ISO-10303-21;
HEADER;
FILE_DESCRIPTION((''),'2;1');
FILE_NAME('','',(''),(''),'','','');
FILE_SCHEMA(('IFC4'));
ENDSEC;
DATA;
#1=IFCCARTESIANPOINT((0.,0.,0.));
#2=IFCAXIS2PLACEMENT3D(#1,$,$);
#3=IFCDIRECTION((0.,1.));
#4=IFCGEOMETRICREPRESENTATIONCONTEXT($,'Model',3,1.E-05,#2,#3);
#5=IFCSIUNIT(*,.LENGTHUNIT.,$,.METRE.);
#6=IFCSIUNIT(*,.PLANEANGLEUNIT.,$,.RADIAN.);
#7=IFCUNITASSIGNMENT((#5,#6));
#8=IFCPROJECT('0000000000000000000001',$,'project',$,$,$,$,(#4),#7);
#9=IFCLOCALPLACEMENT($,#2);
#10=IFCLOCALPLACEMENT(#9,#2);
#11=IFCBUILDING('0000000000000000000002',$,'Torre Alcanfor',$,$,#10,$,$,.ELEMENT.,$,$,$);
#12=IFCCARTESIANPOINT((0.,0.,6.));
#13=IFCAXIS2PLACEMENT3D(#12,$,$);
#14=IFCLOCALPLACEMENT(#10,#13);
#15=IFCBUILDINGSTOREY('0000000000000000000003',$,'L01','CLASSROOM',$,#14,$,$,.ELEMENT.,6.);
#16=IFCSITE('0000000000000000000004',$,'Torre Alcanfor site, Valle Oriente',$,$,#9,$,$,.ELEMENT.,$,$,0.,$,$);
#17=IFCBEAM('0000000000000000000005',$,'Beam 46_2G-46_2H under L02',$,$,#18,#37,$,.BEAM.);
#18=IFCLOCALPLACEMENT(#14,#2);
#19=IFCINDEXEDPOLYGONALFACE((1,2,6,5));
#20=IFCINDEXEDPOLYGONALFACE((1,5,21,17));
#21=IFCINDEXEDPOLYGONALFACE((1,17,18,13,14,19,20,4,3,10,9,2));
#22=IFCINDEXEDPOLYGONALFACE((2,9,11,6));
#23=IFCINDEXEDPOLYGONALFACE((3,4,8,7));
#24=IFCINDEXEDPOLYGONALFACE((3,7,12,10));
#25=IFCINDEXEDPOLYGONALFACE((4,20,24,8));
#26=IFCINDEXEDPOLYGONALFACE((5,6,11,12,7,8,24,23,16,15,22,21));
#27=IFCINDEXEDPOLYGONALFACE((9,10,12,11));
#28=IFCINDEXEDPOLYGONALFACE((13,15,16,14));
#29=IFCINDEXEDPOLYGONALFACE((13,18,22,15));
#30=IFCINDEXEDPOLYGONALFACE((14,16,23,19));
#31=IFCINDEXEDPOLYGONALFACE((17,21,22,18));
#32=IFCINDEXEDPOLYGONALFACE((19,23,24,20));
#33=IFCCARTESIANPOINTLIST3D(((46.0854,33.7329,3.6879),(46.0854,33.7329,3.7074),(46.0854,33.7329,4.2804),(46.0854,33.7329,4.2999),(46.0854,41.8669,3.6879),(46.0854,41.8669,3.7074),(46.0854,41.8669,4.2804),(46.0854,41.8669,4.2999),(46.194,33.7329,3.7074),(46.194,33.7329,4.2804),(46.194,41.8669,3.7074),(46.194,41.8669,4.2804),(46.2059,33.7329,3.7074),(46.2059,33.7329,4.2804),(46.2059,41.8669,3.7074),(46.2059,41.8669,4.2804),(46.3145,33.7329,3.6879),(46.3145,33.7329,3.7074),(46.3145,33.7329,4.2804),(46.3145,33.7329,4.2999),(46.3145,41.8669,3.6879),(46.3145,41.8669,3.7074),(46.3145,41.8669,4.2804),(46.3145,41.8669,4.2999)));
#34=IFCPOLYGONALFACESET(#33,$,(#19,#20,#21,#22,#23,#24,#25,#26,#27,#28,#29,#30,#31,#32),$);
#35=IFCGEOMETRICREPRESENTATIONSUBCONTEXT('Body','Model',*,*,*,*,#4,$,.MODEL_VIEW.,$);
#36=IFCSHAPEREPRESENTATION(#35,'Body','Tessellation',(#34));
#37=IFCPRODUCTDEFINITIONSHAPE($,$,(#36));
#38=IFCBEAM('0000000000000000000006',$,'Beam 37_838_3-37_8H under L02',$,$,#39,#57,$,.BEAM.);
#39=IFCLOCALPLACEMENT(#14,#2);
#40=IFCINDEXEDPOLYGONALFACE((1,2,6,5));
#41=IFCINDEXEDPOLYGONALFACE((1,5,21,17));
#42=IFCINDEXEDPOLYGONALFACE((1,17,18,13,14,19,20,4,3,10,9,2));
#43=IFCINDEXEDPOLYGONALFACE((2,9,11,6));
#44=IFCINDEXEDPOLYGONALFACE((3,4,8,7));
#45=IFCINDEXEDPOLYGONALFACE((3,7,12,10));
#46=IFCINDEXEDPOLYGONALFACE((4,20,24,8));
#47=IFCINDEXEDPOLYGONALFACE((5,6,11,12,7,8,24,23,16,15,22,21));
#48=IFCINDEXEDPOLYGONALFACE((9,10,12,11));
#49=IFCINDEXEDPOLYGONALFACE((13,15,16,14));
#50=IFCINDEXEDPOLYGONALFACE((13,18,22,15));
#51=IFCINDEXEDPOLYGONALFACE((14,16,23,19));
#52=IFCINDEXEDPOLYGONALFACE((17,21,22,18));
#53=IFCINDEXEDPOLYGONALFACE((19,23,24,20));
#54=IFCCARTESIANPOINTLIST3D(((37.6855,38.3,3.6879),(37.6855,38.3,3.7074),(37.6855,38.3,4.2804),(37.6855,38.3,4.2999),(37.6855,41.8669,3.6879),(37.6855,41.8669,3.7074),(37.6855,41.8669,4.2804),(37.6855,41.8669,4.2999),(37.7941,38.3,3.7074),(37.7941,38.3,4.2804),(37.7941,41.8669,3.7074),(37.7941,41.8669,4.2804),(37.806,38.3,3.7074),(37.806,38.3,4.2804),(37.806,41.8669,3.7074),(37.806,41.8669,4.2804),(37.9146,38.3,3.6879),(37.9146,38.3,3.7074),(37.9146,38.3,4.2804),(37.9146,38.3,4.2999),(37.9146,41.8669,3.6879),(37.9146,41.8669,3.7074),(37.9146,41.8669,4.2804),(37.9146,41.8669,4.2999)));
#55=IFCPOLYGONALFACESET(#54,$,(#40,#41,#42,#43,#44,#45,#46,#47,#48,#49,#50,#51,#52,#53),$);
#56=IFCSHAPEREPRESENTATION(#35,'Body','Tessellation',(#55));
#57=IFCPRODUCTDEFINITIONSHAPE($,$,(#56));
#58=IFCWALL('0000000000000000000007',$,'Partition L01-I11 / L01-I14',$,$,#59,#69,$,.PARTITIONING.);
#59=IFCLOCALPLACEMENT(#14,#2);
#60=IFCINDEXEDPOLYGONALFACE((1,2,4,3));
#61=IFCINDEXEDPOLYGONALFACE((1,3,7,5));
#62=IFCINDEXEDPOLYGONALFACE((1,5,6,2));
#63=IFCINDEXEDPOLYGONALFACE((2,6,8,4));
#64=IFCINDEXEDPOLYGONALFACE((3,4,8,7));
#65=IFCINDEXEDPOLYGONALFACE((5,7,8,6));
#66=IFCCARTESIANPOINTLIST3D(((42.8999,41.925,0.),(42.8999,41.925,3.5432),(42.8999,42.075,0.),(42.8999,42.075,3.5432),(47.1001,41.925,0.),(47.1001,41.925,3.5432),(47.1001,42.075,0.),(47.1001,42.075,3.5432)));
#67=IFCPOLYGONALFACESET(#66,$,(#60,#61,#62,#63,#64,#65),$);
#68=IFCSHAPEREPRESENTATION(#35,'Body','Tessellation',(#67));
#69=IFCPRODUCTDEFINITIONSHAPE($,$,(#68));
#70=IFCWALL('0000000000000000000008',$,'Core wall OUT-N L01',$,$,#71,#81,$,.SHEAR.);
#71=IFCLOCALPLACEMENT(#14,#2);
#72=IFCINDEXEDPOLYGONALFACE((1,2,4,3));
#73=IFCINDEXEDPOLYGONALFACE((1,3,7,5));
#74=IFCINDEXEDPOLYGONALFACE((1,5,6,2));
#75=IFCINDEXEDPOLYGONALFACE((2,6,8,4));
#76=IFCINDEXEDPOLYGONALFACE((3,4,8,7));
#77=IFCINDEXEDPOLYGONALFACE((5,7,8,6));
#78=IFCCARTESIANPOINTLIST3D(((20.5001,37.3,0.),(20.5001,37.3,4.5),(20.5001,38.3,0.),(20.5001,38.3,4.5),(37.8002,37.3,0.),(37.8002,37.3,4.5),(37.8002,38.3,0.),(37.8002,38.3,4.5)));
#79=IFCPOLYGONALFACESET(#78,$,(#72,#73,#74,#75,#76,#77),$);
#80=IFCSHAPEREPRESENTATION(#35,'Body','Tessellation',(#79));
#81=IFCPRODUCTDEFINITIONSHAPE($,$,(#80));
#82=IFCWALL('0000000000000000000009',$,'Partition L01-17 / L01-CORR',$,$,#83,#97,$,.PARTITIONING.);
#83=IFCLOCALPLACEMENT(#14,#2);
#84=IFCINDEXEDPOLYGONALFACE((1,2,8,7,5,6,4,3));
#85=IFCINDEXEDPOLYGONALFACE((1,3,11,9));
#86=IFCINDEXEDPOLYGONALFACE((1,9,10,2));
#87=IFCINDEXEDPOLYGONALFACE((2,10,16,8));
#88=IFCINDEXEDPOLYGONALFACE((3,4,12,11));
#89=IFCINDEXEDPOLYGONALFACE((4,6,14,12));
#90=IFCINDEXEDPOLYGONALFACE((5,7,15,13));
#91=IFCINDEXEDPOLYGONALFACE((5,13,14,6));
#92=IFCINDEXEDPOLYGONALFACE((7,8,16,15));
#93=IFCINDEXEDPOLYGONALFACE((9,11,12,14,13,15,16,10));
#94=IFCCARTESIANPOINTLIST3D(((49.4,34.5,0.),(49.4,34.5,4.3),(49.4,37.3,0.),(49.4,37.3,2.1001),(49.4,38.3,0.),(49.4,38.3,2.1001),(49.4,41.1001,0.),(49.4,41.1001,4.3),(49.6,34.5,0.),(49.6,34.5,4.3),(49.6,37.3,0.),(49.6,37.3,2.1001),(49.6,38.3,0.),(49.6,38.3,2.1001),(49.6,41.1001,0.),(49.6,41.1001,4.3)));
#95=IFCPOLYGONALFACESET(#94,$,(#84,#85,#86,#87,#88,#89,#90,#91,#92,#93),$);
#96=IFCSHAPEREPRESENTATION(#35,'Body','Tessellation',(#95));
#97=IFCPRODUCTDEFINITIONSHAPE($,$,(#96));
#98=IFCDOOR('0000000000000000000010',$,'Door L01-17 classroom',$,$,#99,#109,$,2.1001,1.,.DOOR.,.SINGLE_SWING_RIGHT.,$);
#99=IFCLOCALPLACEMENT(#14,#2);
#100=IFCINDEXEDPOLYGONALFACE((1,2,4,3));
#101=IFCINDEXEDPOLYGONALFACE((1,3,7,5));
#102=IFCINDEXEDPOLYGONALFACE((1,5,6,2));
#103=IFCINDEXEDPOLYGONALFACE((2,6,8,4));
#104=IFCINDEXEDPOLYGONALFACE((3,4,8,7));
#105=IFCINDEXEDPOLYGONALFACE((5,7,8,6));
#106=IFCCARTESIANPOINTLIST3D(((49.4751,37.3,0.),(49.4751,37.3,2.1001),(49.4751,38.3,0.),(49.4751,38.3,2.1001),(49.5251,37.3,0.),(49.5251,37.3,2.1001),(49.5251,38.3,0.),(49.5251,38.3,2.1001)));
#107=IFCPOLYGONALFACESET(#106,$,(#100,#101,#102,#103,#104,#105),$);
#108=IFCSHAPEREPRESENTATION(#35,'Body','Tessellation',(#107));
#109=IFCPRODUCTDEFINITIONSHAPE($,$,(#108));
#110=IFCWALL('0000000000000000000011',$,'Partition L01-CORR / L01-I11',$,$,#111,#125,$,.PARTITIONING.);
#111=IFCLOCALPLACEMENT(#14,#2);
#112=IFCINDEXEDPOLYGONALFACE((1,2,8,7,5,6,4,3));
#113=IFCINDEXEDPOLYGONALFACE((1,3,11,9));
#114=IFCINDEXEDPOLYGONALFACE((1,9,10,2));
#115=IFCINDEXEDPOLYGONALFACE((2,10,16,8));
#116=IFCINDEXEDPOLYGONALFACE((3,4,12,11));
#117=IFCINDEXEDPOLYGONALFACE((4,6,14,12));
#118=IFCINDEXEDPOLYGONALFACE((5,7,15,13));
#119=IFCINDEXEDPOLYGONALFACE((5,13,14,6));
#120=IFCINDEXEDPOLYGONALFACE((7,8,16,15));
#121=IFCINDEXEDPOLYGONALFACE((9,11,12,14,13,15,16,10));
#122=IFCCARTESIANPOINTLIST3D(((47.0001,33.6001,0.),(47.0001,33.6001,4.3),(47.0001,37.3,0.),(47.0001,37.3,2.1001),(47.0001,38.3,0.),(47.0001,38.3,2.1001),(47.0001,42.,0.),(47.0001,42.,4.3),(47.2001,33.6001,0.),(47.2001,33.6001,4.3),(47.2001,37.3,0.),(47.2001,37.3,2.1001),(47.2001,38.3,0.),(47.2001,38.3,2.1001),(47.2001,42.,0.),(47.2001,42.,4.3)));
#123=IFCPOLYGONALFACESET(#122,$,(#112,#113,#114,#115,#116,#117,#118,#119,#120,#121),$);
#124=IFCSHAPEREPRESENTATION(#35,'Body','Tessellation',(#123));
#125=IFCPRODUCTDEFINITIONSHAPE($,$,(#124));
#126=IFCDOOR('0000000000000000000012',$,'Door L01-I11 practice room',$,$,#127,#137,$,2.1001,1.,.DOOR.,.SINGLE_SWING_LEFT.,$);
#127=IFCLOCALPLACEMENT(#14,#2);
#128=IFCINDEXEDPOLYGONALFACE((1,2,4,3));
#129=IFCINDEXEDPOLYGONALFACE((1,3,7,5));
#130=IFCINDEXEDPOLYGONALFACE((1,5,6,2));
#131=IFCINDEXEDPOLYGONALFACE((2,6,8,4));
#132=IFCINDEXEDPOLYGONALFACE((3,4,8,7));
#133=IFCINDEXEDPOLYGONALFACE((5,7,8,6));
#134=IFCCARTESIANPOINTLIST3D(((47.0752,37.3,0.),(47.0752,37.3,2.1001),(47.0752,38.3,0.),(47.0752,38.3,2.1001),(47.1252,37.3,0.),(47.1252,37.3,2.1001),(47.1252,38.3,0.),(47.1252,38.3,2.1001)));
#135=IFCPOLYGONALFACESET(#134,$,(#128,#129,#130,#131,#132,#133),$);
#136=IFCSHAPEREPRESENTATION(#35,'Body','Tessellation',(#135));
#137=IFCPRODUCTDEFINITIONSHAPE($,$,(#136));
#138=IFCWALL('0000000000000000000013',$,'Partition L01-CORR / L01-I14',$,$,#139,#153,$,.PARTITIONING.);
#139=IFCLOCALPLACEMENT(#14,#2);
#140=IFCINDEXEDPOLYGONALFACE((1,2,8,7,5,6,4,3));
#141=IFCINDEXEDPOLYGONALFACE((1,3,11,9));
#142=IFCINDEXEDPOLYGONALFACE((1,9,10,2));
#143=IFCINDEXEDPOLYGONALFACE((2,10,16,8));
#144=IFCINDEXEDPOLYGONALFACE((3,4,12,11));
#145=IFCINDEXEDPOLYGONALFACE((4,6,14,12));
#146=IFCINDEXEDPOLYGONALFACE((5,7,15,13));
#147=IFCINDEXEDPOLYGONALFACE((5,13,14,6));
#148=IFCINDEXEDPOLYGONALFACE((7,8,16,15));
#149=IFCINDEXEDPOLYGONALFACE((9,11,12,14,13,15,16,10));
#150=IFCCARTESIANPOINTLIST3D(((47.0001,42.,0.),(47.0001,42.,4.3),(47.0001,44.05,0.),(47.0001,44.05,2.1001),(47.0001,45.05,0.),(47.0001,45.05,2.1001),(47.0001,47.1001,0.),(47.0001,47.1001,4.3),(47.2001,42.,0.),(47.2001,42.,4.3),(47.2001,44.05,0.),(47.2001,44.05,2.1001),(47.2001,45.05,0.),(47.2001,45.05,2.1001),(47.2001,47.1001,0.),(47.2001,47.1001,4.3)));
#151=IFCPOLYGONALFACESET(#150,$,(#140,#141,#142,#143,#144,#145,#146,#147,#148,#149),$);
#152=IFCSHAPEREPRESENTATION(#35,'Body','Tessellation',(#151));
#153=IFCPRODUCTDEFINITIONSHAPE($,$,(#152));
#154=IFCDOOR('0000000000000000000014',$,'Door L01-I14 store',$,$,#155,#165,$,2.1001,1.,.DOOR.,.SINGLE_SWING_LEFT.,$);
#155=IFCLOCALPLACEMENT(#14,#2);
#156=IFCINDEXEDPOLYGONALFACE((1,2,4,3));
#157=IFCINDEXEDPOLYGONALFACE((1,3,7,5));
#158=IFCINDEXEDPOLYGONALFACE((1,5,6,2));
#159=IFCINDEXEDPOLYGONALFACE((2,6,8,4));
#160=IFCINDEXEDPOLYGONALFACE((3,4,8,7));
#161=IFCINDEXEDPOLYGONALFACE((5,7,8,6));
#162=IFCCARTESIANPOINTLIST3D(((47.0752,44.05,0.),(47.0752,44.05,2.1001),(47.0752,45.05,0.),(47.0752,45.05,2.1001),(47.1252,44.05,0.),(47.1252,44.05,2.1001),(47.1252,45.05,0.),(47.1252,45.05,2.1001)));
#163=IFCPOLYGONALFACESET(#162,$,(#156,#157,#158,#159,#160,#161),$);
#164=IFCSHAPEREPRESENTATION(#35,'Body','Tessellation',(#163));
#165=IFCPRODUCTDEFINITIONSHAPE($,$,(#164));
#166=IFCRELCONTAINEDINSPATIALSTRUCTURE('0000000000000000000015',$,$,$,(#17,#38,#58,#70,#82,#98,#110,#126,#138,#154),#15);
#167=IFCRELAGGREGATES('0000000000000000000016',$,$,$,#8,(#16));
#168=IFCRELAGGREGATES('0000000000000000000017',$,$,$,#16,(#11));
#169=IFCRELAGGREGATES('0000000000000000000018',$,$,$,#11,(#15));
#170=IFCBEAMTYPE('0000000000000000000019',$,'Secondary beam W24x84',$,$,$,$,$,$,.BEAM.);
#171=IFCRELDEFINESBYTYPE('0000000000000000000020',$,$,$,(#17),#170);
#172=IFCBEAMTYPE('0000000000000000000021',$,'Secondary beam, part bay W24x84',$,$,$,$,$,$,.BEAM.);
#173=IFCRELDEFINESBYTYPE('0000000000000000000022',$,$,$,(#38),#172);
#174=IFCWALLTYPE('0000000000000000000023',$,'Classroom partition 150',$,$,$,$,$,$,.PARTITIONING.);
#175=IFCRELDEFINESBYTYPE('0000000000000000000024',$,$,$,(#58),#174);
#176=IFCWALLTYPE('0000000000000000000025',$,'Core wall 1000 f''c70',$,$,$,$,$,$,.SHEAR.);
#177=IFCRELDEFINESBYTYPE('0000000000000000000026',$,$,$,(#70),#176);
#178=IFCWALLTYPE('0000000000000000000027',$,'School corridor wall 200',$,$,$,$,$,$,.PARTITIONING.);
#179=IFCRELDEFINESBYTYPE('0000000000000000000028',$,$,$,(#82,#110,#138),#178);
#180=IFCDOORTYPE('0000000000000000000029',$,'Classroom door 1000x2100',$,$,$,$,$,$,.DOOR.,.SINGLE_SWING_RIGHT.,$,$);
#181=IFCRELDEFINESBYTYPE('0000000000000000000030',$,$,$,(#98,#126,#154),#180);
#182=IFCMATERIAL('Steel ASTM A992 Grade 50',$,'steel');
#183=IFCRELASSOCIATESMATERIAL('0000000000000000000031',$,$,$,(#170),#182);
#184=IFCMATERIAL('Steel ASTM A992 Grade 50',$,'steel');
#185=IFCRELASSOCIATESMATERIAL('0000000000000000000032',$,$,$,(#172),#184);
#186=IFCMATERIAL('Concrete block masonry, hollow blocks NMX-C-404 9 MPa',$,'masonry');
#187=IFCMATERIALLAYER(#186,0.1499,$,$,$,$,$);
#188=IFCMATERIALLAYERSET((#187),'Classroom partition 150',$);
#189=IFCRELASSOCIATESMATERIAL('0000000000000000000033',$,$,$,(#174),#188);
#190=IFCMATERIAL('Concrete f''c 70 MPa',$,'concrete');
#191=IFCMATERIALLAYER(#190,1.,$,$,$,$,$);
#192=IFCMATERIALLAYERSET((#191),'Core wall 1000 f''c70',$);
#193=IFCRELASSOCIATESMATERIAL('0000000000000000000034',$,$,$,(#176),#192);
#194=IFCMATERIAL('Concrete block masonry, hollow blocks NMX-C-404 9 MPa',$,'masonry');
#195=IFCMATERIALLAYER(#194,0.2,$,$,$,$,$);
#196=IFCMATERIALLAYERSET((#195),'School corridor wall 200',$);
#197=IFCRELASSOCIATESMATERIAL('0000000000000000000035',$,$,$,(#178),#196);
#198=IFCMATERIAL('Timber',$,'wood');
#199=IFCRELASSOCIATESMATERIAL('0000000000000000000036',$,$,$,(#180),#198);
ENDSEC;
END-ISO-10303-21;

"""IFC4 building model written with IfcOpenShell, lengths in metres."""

from ifc_helpers import new_model, si_unit, direction, frame, frame_2d, origin, origin_2d, place, context, subcontext, project, spatial, rectangle, i_section, extrude, material, layer, layer_set, material_profile, profile_set, type_object, element, fill, save


model = new_model("IFC4")

# Units and contexts
model_context = context("Model", 3, precision=1e-05, world=origin(), true_north=direction((0.0, 1.0)))
body_context = subcontext(model_context, "Body", "Model", "MODEL_VIEW")
ifc_project = project(units=[si_unit("LENGTHUNIT", "METRE"), si_unit("PLANEANGLEUNIT", "RADIAN")], contexts=[model_context])

# Site, building, storey
site_placement = place(None, origin())
site = spatial("IfcSite", under=ifc_project, at=site_placement, Name="Torre Alcanfor site, Valle Oriente", CompositionType="ELEMENT", RefElevation=0.0)
building_placement = place(site_placement, origin())
building = spatial("IfcBuilding", under=site, at=building_placement, Name="Torre Alcanfor", CompositionType="ELEMENT")
storey_placement = place(building_placement, frame((0.0, 0.0, 6.0)))
storey = spatial("IfcBuildingStorey", under=building, at=storey_placement, Name="L01", Description="CLASSROOM", CompositionType="ELEMENT", Elevation=6.0)

# Beams
ifc_material_1 = material(Name="Steel ASTM A992 Grade 50", Category="steel")
ifc_material_profile_1 = material_profile(ifc_material_1, i_section(OverallWidth=0.229, OverallDepth=0.6121, WebThickness=0.012, FlangeThickness=0.0195, at=origin_2d()), Name="W24x84")
ifc_profile_set_1 = profile_set([ifc_material_profile_1], Name="Steel ASTM A992 Grade 50")
beam_type_1 = type_object("IfcBeamType", Name="Secondary beam W24x84", PredefinedType="BEAM", material=ifc_profile_set_1)
beam_1_placement = place(storey_placement, frame((46.2, 33.7329, 3.9939), z_axis=(0.0, 1.0, 0.0), x_axis=(-1.0, 0.0, 0.0)))
element("IfcBeam", 1, at=beam_1_placement, inside=storey, type_object=beam_type_1, Name="Beam 46_2G-46_2H under L02", PredefinedType="BEAM", context=body_context, shape_type="SweptSolid", body=[
    extrude(i_section(OverallWidth=0.229, OverallDepth=0.6121, WebThickness=0.012, FlangeThickness=0.0195, at=origin_2d()), origin(), (0.0, 0.0, 1.0), 8.134),
])
ifc_material_2 = material(Name="Steel ASTM A992 Grade 50", Category="steel")
ifc_material_profile_2 = material_profile(ifc_material_2, i_section(OverallWidth=0.229, OverallDepth=0.6121, WebThickness=0.012, FlangeThickness=0.0195, at=origin_2d()), Name="W24x84")
ifc_profile_set_2 = profile_set([ifc_material_profile_2], Name="Steel ASTM A992 Grade 50")
beam_type_2 = type_object("IfcBeamType", Name="Secondary beam, part bay W24x84", PredefinedType="BEAM", material=ifc_profile_set_2)
beam_2_placement = place(storey_placement, frame((37.8, 38.3, 3.9939), z_axis=(0.0, 1.0, 0.0), x_axis=(-1.0, 0.0, 0.0)))
element("IfcBeam", 2, at=beam_2_placement, inside=storey, type_object=beam_type_2, Name="Beam 37_838_3-37_8H under L02", PredefinedType="BEAM", context=body_context, shape_type="SweptSolid", body=[
    extrude(i_section(OverallWidth=0.229, OverallDepth=0.6121, WebThickness=0.012, FlangeThickness=0.0195, at=origin_2d()), origin(), (0.0, 0.0, 1.0), 3.5669),
])

# Walls
ifc_material_3 = material(Name="Concrete block masonry, hollow blocks NMX-C-404 9 MPa", Category="masonry")
ifc_layer_1 = layer(ifc_material_3, 0.1499)
ifc_layer_set_1 = layer_set([ifc_layer_1], Name="Classroom partition 150")
wall_type_1 = type_object("IfcWallType", Name="Classroom partition 150", PredefinedType="PARTITIONING", material=ifc_layer_set_1)
wall_1_placement = place(storey_placement, frame((42.8999, 42.0, 0.0), z_axis=(0.0, 0.0, 1.0), x_axis=(1.0, 0.0, 0.0)))
element("IfcWall", 3, at=wall_1_placement, inside=storey, type_object=wall_type_1, Name="Partition L01-I11 / L01-I14", PredefinedType="PARTITIONING", context=body_context, shape_type="SweptSolid", body=[
    extrude(rectangle(XDim=4.2002, YDim=0.1499, at=frame_2d((2.1001, 0.0))), origin(), (0.0, 0.0, 1.0), 3.5432),
])
ifc_material_4 = material(Name="Concrete f'c 70 MPa", Category="concrete")
ifc_layer_2 = layer(ifc_material_4, 1.0)
ifc_layer_set_2 = layer_set([ifc_layer_2], Name="Core wall 1000 f'c70")
wall_type_2 = type_object("IfcWallType", Name="Core wall 1000 f'c70", PredefinedType="SHEAR", material=ifc_layer_set_2)
wall_2_placement = place(storey_placement, frame((37.8, 37.8, 0.0), z_axis=(0.0, 0.0, 1.0), x_axis=(-1.0, 0.0, 0.0)))
element("IfcWall", 4, at=wall_2_placement, inside=storey, type_object=wall_type_2, Name="Core wall OUT-N L01", PredefinedType="SHEAR", context=body_context, shape_type="SweptSolid", body=[
    extrude(rectangle(XDim=17.3, YDim=1.0, at=frame_2d((8.6499, 0.0))), origin(), (0.0, 0.0, 1.0), 4.5),
])

# Walls, openings, doors
ifc_material_5 = material(Name="Concrete block masonry, hollow blocks NMX-C-404 9 MPa", Category="masonry")
ifc_layer_3 = layer(ifc_material_5, 0.2)
ifc_layer_set_3 = layer_set([ifc_layer_3], Name="School corridor wall 200")
wall_type_3 = type_object("IfcWallType", Name="School corridor wall 200", PredefinedType="PARTITIONING", material=ifc_layer_set_3)
wall_3_placement = place(storey_placement, frame((49.5, 34.5, 0.0), z_axis=(0.0, 0.0, 1.0), x_axis=(0.0, 1.0, 0.0)))
wall_3 = element("IfcWall", 5, at=wall_3_placement, inside=storey, type_object=wall_type_3, Name="Partition L01-17 / L01-CORR", PredefinedType="PARTITIONING", context=body_context, shape_type="SweptSolid", body=[
    extrude(rectangle(XDim=6.6001, YDim=0.2, at=frame_2d((3.3, 0.0))), origin(), (0.0, 0.0, 1.0), 4.3),
])
opening_1_placement = place(wall_3_placement, frame((2.8, 0.0, 0.0)))
opening_1 = element("IfcOpeningElement", 6, at=opening_1_placement, cuts=wall_3, PredefinedType="OPENING", context=body_context, shape_type="SweptSolid", body=[
    extrude(rectangle(XDim=1.0, YDim=2.1001, at=frame_2d((0.5, 1.05))), frame((0.0, 0.1099, 0.0), z_axis=(0.0, -1.0, 0.0), x_axis=(1.0, 0.0, 0.0)), (0.0, 0.0, 1.0), 0.22),
])
ifc_material_6 = material(Name="Timber", Category="wood")
door_type = type_object("IfcDoorType", Name="Classroom door 1000x2100", OperationType="SINGLE_SWING_RIGHT", PredefinedType="DOOR", material=ifc_material_6)
door_1_placement = place(opening_1_placement, frame((1.0, 0.0, 0.0), z_axis=(0.0, 0.0, 1.0), x_axis=(-1.0, 0.0, 0.0)))
door_1 = element("IfcDoor", 7, at=door_1_placement, inside=storey, type_object=door_type, Name="Door L01-17 classroom", OperationType="SINGLE_SWING_RIGHT", OverallHeight=2.1001, OverallWidth=1.0, PredefinedType="DOOR", context=body_context, shape_type="SweptSolid", body=[
    extrude(rectangle(XDim=1.0, YDim=2.1001, at=frame_2d((0.5, 1.05))), frame((0.0, 0.0251, 0.0), z_axis=(0.0, -1.0, 0.0), x_axis=(1.0, 0.0, 0.0)), (0.0, 0.0, 1.0), 0.05),
])
fill(opening_1, door_1)
wall_4_placement = place(storey_placement, frame((47.1001, 33.6001, 0.0), z_axis=(0.0, 0.0, 1.0), x_axis=(0.0, 1.0, 0.0)))
wall_4 = element("IfcWall", 8, at=wall_4_placement, inside=storey, type_object=wall_type_3, Name="Partition L01-CORR / L01-I11", PredefinedType="PARTITIONING", context=body_context, shape_type="SweptSolid", body=[
    extrude(rectangle(XDim=8.3999, YDim=0.2, at=frame_2d((4.2, 0.0))), origin(), (0.0, 0.0, 1.0), 4.3),
])
opening_2_placement = place(wall_4_placement, frame((3.7, 0.0, 0.0)))
opening_2 = element("IfcOpeningElement", 9, at=opening_2_placement, cuts=wall_4, PredefinedType="OPENING", context=body_context, shape_type="SweptSolid", body=[
    extrude(rectangle(XDim=1.0, YDim=2.1001, at=frame_2d((0.5, 1.05))), frame((0.0, 0.1099, 0.0), z_axis=(0.0, -1.0, 0.0), x_axis=(1.0, 0.0, 0.0)), (0.0, 0.0, 1.0), 0.22),
])
door_2_placement = place(opening_2_placement, origin())
door_2 = element("IfcDoor", 10, at=door_2_placement, inside=storey, type_object=door_type, Name="Door L01-I11 practice room", OperationType="SINGLE_SWING_LEFT", OverallHeight=2.1001, OverallWidth=1.0, PredefinedType="DOOR", context=body_context, shape_type="SweptSolid", body=[
    extrude(rectangle(XDim=1.0, YDim=2.1001, at=frame_2d((0.5, 1.05))), frame((0.0, 0.0249, 0.0), z_axis=(0.0, -1.0, 0.0), x_axis=(1.0, 0.0, 0.0)), (0.0, 0.0, 1.0), 0.05),
])
fill(opening_2, door_2)
wall_5_placement = place(storey_placement, frame((47.1001, 42.0, 0.0), z_axis=(0.0, 0.0, 1.0), x_axis=(0.0, 1.0, 0.0)))
wall_5 = element("IfcWall", 11, at=wall_5_placement, inside=storey, type_object=wall_type_3, Name="Partition L01-CORR / L01-I14", PredefinedType="PARTITIONING", context=body_context, shape_type="SweptSolid", body=[
    extrude(rectangle(XDim=5.1001, YDim=0.2, at=frame_2d((2.55, 0.0))), origin(), (0.0, 0.0, 1.0), 4.3),
])
opening_3_placement = place(wall_5_placement, frame((2.05, 0.0, 0.0)))
opening_3 = element("IfcOpeningElement", 12, at=opening_3_placement, cuts=wall_5, PredefinedType="OPENING", context=body_context, shape_type="SweptSolid", body=[
    extrude(rectangle(XDim=1.0, YDim=2.1001, at=frame_2d((0.5, 1.05))), frame((0.0, 0.1099, 0.0), z_axis=(0.0, -1.0, 0.0), x_axis=(1.0, 0.0, 0.0)), (0.0, 0.0, 1.0), 0.22),
])
door_3_placement = place(opening_3_placement, origin())
door_3 = element("IfcDoor", 13, at=door_3_placement, inside=storey, type_object=door_type, Name="Door L01-I14 store", OperationType="SINGLE_SWING_LEFT", OverallHeight=2.1001, OverallWidth=1.0, PredefinedType="DOOR", context=body_context, shape_type="SweptSolid", body=[
    extrude(rectangle(XDim=1.0, YDim=2.1001, at=frame_2d((0.5, 1.05))), frame((0.0, 0.0249, 0.0), z_axis=(0.0, -1.0, 0.0), x_axis=(1.0, 0.0, 0.0)), (0.0, 0.0, 1.0), 0.05),
])
fill(opening_3, door_3)

save(model, "model.ifc")
